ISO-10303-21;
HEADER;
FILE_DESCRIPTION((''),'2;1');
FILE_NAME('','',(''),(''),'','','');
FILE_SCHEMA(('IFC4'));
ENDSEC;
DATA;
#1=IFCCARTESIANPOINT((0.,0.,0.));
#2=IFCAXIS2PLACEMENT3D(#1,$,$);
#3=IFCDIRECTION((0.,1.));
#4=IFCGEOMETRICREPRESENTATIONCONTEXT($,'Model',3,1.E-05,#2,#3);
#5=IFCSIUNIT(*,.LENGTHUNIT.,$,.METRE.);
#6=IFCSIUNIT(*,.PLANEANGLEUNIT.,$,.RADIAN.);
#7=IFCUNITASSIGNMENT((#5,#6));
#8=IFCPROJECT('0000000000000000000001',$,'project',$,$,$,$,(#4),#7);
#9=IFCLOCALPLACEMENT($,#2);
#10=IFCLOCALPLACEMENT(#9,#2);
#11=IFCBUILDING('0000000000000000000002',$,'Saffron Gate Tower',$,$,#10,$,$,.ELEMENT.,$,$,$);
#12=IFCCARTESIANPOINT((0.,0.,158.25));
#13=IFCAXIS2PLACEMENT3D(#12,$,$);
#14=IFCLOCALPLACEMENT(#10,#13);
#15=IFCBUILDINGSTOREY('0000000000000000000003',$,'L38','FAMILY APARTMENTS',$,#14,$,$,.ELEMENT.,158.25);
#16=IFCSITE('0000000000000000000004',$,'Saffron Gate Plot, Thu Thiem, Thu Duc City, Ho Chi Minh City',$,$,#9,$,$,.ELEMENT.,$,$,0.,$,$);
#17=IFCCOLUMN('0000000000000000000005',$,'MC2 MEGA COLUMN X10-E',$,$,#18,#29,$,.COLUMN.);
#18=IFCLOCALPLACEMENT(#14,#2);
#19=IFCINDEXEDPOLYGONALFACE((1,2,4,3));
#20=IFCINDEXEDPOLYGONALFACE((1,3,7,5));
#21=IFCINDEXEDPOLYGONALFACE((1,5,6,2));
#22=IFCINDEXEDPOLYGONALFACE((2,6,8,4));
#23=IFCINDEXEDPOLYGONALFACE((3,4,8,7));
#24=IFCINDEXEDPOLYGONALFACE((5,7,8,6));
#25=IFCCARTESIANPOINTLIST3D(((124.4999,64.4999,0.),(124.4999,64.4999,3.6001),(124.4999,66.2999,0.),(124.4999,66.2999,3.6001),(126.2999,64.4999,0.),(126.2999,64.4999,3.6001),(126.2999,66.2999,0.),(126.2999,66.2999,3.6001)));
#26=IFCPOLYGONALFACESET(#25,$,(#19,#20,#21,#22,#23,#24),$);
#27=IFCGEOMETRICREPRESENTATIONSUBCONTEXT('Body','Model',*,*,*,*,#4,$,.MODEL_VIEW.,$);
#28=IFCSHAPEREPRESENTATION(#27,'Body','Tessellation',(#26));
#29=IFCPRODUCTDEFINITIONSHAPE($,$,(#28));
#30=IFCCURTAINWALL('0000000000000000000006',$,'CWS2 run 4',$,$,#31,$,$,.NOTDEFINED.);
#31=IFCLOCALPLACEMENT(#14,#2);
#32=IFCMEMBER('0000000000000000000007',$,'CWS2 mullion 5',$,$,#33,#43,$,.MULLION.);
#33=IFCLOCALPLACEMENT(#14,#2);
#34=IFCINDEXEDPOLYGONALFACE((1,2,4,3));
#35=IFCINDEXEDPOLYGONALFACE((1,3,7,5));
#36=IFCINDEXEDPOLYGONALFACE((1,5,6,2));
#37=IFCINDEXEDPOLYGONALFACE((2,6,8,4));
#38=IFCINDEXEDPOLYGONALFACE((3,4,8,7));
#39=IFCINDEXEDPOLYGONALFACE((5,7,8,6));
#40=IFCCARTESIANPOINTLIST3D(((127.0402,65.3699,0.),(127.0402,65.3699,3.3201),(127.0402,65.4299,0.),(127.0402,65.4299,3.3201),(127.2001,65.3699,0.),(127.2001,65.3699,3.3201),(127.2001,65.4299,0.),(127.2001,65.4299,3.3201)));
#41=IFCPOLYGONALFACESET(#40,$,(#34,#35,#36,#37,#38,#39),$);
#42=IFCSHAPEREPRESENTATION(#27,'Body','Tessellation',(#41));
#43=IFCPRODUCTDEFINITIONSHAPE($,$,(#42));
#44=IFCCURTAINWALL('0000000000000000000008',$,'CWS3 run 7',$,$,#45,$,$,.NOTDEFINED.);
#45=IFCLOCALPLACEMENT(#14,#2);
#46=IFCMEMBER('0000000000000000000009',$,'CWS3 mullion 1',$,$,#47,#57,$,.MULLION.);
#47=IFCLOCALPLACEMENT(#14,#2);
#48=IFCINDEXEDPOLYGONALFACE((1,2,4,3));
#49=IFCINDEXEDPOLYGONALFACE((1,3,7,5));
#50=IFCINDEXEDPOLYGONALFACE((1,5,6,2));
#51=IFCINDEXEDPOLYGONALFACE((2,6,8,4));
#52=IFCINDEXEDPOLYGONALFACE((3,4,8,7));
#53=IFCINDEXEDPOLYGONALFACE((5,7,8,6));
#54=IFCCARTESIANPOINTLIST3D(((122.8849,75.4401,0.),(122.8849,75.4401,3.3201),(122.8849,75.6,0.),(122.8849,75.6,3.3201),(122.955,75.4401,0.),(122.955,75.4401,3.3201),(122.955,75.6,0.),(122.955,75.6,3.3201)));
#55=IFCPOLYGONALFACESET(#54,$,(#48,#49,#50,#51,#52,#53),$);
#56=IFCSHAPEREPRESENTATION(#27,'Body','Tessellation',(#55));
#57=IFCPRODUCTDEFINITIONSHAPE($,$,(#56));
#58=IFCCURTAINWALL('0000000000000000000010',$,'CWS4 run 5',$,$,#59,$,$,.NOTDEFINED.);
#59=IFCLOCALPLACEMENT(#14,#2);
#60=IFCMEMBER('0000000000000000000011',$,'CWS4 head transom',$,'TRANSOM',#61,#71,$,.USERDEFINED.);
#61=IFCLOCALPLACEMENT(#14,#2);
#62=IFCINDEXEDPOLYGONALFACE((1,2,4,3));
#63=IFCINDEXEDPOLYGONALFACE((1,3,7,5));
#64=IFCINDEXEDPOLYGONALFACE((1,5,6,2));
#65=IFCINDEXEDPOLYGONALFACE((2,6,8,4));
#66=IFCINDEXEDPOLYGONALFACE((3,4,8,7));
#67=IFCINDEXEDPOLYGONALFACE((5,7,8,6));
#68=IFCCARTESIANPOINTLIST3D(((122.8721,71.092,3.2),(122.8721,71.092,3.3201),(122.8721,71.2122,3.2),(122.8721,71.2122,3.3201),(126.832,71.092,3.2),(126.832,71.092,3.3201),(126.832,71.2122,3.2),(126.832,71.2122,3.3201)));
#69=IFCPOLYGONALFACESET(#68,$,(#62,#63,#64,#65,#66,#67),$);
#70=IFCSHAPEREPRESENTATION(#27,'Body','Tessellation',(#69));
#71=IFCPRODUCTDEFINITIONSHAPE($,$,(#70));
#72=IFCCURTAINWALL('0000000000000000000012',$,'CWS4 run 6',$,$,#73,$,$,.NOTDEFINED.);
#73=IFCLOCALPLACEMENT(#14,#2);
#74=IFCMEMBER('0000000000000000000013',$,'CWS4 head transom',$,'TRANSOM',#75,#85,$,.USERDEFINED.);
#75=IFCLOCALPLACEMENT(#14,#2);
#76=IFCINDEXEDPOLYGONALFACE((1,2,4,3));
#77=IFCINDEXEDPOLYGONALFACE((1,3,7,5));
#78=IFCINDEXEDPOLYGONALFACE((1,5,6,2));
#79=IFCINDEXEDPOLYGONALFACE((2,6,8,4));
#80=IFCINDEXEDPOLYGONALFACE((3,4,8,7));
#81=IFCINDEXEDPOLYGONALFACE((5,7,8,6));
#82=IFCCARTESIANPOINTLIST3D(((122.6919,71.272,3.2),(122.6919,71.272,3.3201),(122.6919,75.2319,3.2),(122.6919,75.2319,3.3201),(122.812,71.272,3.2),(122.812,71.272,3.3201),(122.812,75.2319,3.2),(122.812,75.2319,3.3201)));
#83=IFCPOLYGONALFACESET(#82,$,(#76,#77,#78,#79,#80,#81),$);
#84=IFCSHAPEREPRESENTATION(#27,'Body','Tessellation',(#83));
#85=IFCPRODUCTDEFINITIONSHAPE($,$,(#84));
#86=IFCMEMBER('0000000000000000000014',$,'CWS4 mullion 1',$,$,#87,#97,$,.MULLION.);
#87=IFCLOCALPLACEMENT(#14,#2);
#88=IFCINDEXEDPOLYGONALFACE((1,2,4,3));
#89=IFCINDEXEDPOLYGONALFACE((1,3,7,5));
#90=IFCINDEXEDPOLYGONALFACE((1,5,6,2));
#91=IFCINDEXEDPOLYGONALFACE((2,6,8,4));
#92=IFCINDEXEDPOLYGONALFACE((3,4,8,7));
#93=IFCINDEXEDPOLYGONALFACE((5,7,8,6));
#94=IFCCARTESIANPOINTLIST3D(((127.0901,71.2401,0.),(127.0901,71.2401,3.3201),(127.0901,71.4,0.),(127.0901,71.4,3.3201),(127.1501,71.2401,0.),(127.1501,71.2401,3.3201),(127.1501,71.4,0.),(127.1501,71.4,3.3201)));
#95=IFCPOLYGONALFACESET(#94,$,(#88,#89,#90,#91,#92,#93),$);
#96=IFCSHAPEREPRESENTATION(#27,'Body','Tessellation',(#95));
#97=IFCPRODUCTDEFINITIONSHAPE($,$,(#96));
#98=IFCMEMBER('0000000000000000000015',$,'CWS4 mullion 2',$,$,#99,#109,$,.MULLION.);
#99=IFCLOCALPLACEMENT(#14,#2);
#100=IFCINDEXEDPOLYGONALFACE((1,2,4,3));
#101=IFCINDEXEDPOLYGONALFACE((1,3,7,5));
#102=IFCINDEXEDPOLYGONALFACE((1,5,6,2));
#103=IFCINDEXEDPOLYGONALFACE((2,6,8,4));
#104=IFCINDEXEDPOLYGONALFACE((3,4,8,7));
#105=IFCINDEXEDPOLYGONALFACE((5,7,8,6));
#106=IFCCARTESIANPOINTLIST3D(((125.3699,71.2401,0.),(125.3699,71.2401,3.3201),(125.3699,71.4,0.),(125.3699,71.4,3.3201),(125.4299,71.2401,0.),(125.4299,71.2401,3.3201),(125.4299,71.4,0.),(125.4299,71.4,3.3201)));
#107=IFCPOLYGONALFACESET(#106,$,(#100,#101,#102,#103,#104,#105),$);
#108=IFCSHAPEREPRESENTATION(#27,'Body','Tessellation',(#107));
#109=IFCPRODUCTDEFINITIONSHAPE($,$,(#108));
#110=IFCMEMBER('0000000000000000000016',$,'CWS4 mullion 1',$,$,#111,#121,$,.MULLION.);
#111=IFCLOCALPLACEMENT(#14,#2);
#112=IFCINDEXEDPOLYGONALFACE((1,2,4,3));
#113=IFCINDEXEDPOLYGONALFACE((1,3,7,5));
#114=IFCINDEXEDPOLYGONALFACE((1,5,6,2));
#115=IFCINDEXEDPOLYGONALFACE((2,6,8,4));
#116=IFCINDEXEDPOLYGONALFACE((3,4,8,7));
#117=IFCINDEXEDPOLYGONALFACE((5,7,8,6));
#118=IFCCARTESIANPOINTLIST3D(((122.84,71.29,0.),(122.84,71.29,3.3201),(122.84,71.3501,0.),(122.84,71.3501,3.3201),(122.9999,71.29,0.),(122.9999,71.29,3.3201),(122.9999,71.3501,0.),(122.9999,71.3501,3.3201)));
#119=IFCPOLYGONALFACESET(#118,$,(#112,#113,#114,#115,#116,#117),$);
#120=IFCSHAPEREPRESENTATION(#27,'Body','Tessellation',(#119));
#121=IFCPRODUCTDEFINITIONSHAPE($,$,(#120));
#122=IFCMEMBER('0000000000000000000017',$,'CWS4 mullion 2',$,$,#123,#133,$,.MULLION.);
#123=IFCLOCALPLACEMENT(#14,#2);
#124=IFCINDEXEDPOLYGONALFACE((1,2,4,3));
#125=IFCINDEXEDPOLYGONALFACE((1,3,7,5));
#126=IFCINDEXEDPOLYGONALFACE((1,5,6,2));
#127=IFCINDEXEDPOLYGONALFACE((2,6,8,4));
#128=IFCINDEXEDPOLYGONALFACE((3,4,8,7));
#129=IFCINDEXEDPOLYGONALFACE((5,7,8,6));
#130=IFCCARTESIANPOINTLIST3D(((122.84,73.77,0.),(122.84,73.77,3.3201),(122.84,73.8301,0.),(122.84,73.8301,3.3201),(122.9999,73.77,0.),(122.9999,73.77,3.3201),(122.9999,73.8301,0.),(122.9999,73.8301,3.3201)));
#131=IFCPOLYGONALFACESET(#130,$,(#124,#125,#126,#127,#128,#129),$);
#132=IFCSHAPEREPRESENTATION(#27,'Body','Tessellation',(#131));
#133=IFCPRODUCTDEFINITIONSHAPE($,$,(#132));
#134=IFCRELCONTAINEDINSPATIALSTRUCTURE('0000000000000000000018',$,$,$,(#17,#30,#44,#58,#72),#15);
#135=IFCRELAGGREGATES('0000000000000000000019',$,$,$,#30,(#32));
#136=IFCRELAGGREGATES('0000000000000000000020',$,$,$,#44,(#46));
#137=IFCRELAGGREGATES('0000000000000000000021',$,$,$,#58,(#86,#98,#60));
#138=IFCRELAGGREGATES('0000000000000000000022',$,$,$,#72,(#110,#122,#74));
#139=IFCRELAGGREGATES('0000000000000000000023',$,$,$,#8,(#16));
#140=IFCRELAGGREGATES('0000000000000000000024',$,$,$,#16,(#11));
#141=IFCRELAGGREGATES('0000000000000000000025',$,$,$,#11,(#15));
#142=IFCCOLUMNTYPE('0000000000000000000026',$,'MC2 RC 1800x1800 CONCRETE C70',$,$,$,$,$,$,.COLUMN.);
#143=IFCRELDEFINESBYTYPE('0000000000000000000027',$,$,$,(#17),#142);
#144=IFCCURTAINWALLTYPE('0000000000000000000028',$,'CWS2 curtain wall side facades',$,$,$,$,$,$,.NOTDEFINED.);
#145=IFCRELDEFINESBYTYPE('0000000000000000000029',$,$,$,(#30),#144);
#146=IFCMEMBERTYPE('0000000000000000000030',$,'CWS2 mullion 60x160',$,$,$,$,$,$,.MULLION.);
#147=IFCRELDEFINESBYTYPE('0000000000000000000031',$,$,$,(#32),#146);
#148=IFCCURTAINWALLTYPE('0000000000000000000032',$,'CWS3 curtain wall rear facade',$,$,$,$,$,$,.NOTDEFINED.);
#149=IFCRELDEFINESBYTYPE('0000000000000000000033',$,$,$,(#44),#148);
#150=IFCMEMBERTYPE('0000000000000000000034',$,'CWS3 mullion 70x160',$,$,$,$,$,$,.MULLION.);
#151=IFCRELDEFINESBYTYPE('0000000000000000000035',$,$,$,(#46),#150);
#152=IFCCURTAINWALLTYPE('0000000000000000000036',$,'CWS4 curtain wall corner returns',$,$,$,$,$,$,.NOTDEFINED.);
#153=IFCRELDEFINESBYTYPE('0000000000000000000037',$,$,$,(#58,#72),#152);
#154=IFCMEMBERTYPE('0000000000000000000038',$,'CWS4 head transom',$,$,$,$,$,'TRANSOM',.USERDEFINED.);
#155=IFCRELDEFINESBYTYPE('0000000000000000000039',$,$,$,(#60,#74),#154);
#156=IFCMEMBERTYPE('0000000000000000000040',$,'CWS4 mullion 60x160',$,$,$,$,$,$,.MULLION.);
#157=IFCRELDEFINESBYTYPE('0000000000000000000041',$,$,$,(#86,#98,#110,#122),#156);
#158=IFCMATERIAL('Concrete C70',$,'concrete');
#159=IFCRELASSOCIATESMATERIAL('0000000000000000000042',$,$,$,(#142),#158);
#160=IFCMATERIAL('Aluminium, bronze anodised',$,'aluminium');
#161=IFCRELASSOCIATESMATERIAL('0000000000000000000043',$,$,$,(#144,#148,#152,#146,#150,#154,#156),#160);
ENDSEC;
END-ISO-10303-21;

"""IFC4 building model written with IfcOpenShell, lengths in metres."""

from ifc_helpers import new_model, si_unit, direction, frame, origin, origin_2d, place, context, subcontext, project, spatial, rectangle, extrude, material, material_profile, profile_set, type_object, element, aggregate, save


model = new_model("IFC4")

# Units and contexts
model_context = context("Model", 3, precision=1e-05, world=origin(), true_north=direction((0.0, 1.0)))
body_context = subcontext(model_context, "Body", "Model", "MODEL_VIEW")
ifc_project = project(units=[si_unit("LENGTHUNIT", "METRE"), si_unit("PLANEANGLEUNIT", "RADIAN")], contexts=[model_context])

# Site, building, storey
site_placement = place(None, origin())
site = spatial("IfcSite", under=ifc_project, at=site_placement, Name="Saffron Gate Plot, Thu Thiem, Thu Duc City, Ho Chi Minh City", CompositionType="ELEMENT", RefElevation=0.0)
building_placement = place(site_placement, origin())
building = spatial("IfcBuilding", under=site, at=building_placement, Name="Saffron Gate Tower", CompositionType="ELEMENT")
storey_placement = place(building_placement, frame((0.0, 0.0, 158.25)))
storey = spatial("IfcBuildingStorey", under=building, at=storey_placement, Name="L38", Description="FAMILY APARTMENTS", CompositionType="ELEMENT", Elevation=158.25)

# Column
ifc_material_1 = material(Name="Concrete C70", Category="concrete")
ifc_material_profile_1 = material_profile(ifc_material_1, rectangle(XDim=1.8, YDim=1.8, at=origin_2d()))
ifc_profile_set_1 = profile_set([ifc_material_profile_1], Name="Concrete C70")
column_type = type_object("IfcColumnType", Name="MC2 RC 1800x1800 CONCRETE C70", PredefinedType="COLUMN", material=ifc_profile_set_1)
column_placement = place(storey_placement, frame((125.3999, 65.3999, 0.0), z_axis=(0.0, 0.0, 1.0), x_axis=(1.0, 0.0, 0.0)))
element("IfcColumn", 1, at=column_placement, inside=storey, type_object=column_type, Name="MC2 MEGA COLUMN X10-E", PredefinedType="COLUMN", context=body_context, shape_type="SweptSolid", body=[
    extrude(rectangle(XDim=1.8, YDim=1.8, at=origin_2d()), origin(), (0.0, 0.0, 1.0), 3.6001),
])

# Curtain walls, members
ifc_material_2 = material(Name="Aluminium, bronze anodised", Category="aluminium")
curtain_wall_type_1 = type_object("IfcCurtainWallType", Name="CWS2 curtain wall side facades", PredefinedType="NOTDEFINED", material=ifc_material_2)
curtain_wall_1_placement = place(storey_placement, origin())
curtain_wall_1 = element("IfcCurtainWall", 2, at=curtain_wall_1_placement, inside=storey, type_object=curtain_wall_type_1, Name="CWS2 run 4", PredefinedType="NOTDEFINED")
ifc_material_profile_2 = material_profile(ifc_material_2, rectangle(XDim=0.1599, YDim=0.0601, at=origin_2d()))
ifc_profile_set_2 = profile_set([ifc_material_profile_2], Name="Aluminium, bronze anodised")
member_type_1 = type_object("IfcMemberType", Name="CWS2 mullion 60x160", PredefinedType="MULLION", material=ifc_profile_set_2)
member_1_placement = place(storey_placement, frame((127.1201, 65.3999, 0.0), z_axis=(0.0, 0.0, 1.0), x_axis=(-1.0, 0.0, 0.0)))
member_1 = element("IfcMember", 3, at=member_1_placement, type_object=member_type_1, Name="CWS2 mullion 5", PredefinedType="MULLION", context=body_context, shape_type="SweptSolid", body=[
    extrude(rectangle(XDim=0.1599, YDim=0.0601, at=origin_2d()), origin(), (0.0, 0.0, 1.0), 3.3201),
])
aggregate(curtain_wall_1, [member_1])
curtain_wall_type_2 = type_object("IfcCurtainWallType", Name="CWS3 curtain wall rear facade", PredefinedType="NOTDEFINED", material=ifc_material_2)
curtain_wall_2_placement = place(storey_placement, origin())
curtain_wall_2 = element("IfcCurtainWall", 4, at=curtain_wall_2_placement, inside=storey, type_object=curtain_wall_type_2, Name="CWS3 run 7", PredefinedType="NOTDEFINED")
ifc_material_profile_3 = material_profile(ifc_material_2, rectangle(XDim=0.1599, YDim=0.0701, at=origin_2d()))
ifc_profile_set_3 = profile_set([ifc_material_profile_3], Name="Aluminium, bronze anodised")
member_type_2 = type_object("IfcMemberType", Name="CWS3 mullion 70x160", PredefinedType="MULLION", material=ifc_profile_set_3)
member_2_placement = place(storey_placement, frame((122.9199, 75.52, 0.0), z_axis=(0.0, 0.0, 1.0), x_axis=(0.0, -1.0, 0.0)))
member_2 = element("IfcMember", 5, at=member_2_placement, type_object=member_type_2, Name="CWS3 mullion 1", PredefinedType="MULLION", context=body_context, shape_type="SweptSolid", body=[
    extrude(rectangle(XDim=0.1599, YDim=0.0701, at=origin_2d()), origin(), (0.0, 0.0, 1.0), 3.3201),
])
curtain_wall_type_3 = type_object("IfcCurtainWallType", Name="CWS4 curtain wall corner returns", PredefinedType="NOTDEFINED", material=ifc_material_2)
curtain_wall_3_placement = place(storey_placement, origin())
curtain_wall_3 = element("IfcCurtainWall", 6, at=curtain_wall_3_placement, inside=storey, type_object=curtain_wall_type_3, Name="CWS4 run 5", PredefinedType="NOTDEFINED")
ifc_material_profile_4 = material_profile(ifc_material_2, rectangle(XDim=0.1201, YDim=0.1201, at=origin_2d()))
ifc_profile_set_4 = profile_set([ifc_material_profile_4], Name="Aluminium, bronze anodised")
member_type_3 = type_object("IfcMemberType", Name="CWS4 head transom", ElementType="TRANSOM", PredefinedType="USERDEFINED", material=ifc_profile_set_4)
member_3_placement = place(storey_placement, frame((126.832, 71.1521, 3.26), z_axis=(-1.0, 0.0, 0.0), x_axis=(0.0, -1.0, 0.0)))
member_3 = element("IfcMember", 7, at=member_3_placement, type_object=member_type_3, Name="CWS4 head transom", ObjectType="TRANSOM", PredefinedType="USERDEFINED", context=body_context, shape_type="SweptSolid", body=[
    extrude(rectangle(XDim=0.1201, YDim=0.1201, at=origin_2d()), origin(), (0.0, 0.0, 1.0), 3.96),
])
curtain_wall_4_placement = place(storey_placement, origin())
curtain_wall_4 = element("IfcCurtainWall", 8, at=curtain_wall_4_placement, inside=storey, type_object=curtain_wall_type_3, Name="CWS4 run 6", PredefinedType="NOTDEFINED")
member_4_placement = place(storey_placement, frame((122.752, 71.272, 3.26), z_axis=(0.0, 1.0, 0.0), x_axis=(-1.0, 0.0, 0.0)))
member_4 = element("IfcMember", 9, at=member_4_placement, type_object=member_type_3, Name="CWS4 head transom", ObjectType="TRANSOM", PredefinedType="USERDEFINED", context=body_context, shape_type="SweptSolid", body=[
    extrude(rectangle(XDim=0.1201, YDim=0.1201, at=origin_2d()), origin(), (0.0, 0.0, 1.0), 3.96),
])

# Members
ifc_material_profile_5 = material_profile(ifc_material_2, rectangle(XDim=0.1599, YDim=0.0601, at=origin_2d()))
ifc_profile_set_5 = profile_set([ifc_material_profile_5], Name="Aluminium, bronze anodised")
member_type_4 = type_object("IfcMemberType", Name="CWS4 mullion 60x160", PredefinedType="MULLION", material=ifc_profile_set_5)
member_5_placement = place(storey_placement, frame((127.1201, 71.3201, 0.0), z_axis=(0.0, 0.0, 1.0), x_axis=(0.0, -1.0, 0.0)))
member_5 = element("IfcMember", 10, at=member_5_placement, type_object=member_type_4, Name="CWS4 mullion 1", PredefinedType="MULLION", context=body_context, shape_type="SweptSolid", body=[
    extrude(rectangle(XDim=0.1599, YDim=0.0601, at=origin_2d()), origin(), (0.0, 0.0, 1.0), 3.3201),
])
member_6_placement = place(storey_placement, frame((125.3999, 71.3201, 0.0), z_axis=(0.0, 0.0, 1.0), x_axis=(0.0, -1.0, 0.0)))
member_6 = element("IfcMember", 11, at=member_6_placement, type_object=member_type_4, Name="CWS4 mullion 2", PredefinedType="MULLION", context=body_context, shape_type="SweptSolid", body=[
    extrude(rectangle(XDim=0.1599, YDim=0.0601, at=origin_2d()), origin(), (0.0, 0.0, 1.0), 3.3201),
])
member_7_placement = place(storey_placement, frame((122.9199, 71.3201, 0.0), z_axis=(0.0, 0.0, 1.0), x_axis=(-1.0, 0.0, 0.0)))
member_7 = element("IfcMember", 12, at=member_7_placement, type_object=member_type_4, Name="CWS4 mullion 1", PredefinedType="MULLION", context=body_context, shape_type="SweptSolid", body=[
    extrude(rectangle(XDim=0.1599, YDim=0.0601, at=origin_2d()), origin(), (0.0, 0.0, 1.0), 3.3201),
])
member_8_placement = place(storey_placement, frame((122.9199, 73.8, 0.0), z_axis=(0.0, 0.0, 1.0), x_axis=(-1.0, 0.0, 0.0)))
member_8 = element("IfcMember", 13, at=member_8_placement, type_object=member_type_4, Name="CWS4 mullion 2", PredefinedType="MULLION", context=body_context, shape_type="SweptSolid", body=[
    extrude(rectangle(XDim=0.1599, YDim=0.0601, at=origin_2d()), origin(), (0.0, 0.0, 1.0), 3.3201),
])

aggregate(curtain_wall_2, [member_2])

aggregate(curtain_wall_3, [member_5, member_6, member_3])
aggregate(curtain_wall_4, [member_7, member_8, member_4])

save(model, "model.ifc")
